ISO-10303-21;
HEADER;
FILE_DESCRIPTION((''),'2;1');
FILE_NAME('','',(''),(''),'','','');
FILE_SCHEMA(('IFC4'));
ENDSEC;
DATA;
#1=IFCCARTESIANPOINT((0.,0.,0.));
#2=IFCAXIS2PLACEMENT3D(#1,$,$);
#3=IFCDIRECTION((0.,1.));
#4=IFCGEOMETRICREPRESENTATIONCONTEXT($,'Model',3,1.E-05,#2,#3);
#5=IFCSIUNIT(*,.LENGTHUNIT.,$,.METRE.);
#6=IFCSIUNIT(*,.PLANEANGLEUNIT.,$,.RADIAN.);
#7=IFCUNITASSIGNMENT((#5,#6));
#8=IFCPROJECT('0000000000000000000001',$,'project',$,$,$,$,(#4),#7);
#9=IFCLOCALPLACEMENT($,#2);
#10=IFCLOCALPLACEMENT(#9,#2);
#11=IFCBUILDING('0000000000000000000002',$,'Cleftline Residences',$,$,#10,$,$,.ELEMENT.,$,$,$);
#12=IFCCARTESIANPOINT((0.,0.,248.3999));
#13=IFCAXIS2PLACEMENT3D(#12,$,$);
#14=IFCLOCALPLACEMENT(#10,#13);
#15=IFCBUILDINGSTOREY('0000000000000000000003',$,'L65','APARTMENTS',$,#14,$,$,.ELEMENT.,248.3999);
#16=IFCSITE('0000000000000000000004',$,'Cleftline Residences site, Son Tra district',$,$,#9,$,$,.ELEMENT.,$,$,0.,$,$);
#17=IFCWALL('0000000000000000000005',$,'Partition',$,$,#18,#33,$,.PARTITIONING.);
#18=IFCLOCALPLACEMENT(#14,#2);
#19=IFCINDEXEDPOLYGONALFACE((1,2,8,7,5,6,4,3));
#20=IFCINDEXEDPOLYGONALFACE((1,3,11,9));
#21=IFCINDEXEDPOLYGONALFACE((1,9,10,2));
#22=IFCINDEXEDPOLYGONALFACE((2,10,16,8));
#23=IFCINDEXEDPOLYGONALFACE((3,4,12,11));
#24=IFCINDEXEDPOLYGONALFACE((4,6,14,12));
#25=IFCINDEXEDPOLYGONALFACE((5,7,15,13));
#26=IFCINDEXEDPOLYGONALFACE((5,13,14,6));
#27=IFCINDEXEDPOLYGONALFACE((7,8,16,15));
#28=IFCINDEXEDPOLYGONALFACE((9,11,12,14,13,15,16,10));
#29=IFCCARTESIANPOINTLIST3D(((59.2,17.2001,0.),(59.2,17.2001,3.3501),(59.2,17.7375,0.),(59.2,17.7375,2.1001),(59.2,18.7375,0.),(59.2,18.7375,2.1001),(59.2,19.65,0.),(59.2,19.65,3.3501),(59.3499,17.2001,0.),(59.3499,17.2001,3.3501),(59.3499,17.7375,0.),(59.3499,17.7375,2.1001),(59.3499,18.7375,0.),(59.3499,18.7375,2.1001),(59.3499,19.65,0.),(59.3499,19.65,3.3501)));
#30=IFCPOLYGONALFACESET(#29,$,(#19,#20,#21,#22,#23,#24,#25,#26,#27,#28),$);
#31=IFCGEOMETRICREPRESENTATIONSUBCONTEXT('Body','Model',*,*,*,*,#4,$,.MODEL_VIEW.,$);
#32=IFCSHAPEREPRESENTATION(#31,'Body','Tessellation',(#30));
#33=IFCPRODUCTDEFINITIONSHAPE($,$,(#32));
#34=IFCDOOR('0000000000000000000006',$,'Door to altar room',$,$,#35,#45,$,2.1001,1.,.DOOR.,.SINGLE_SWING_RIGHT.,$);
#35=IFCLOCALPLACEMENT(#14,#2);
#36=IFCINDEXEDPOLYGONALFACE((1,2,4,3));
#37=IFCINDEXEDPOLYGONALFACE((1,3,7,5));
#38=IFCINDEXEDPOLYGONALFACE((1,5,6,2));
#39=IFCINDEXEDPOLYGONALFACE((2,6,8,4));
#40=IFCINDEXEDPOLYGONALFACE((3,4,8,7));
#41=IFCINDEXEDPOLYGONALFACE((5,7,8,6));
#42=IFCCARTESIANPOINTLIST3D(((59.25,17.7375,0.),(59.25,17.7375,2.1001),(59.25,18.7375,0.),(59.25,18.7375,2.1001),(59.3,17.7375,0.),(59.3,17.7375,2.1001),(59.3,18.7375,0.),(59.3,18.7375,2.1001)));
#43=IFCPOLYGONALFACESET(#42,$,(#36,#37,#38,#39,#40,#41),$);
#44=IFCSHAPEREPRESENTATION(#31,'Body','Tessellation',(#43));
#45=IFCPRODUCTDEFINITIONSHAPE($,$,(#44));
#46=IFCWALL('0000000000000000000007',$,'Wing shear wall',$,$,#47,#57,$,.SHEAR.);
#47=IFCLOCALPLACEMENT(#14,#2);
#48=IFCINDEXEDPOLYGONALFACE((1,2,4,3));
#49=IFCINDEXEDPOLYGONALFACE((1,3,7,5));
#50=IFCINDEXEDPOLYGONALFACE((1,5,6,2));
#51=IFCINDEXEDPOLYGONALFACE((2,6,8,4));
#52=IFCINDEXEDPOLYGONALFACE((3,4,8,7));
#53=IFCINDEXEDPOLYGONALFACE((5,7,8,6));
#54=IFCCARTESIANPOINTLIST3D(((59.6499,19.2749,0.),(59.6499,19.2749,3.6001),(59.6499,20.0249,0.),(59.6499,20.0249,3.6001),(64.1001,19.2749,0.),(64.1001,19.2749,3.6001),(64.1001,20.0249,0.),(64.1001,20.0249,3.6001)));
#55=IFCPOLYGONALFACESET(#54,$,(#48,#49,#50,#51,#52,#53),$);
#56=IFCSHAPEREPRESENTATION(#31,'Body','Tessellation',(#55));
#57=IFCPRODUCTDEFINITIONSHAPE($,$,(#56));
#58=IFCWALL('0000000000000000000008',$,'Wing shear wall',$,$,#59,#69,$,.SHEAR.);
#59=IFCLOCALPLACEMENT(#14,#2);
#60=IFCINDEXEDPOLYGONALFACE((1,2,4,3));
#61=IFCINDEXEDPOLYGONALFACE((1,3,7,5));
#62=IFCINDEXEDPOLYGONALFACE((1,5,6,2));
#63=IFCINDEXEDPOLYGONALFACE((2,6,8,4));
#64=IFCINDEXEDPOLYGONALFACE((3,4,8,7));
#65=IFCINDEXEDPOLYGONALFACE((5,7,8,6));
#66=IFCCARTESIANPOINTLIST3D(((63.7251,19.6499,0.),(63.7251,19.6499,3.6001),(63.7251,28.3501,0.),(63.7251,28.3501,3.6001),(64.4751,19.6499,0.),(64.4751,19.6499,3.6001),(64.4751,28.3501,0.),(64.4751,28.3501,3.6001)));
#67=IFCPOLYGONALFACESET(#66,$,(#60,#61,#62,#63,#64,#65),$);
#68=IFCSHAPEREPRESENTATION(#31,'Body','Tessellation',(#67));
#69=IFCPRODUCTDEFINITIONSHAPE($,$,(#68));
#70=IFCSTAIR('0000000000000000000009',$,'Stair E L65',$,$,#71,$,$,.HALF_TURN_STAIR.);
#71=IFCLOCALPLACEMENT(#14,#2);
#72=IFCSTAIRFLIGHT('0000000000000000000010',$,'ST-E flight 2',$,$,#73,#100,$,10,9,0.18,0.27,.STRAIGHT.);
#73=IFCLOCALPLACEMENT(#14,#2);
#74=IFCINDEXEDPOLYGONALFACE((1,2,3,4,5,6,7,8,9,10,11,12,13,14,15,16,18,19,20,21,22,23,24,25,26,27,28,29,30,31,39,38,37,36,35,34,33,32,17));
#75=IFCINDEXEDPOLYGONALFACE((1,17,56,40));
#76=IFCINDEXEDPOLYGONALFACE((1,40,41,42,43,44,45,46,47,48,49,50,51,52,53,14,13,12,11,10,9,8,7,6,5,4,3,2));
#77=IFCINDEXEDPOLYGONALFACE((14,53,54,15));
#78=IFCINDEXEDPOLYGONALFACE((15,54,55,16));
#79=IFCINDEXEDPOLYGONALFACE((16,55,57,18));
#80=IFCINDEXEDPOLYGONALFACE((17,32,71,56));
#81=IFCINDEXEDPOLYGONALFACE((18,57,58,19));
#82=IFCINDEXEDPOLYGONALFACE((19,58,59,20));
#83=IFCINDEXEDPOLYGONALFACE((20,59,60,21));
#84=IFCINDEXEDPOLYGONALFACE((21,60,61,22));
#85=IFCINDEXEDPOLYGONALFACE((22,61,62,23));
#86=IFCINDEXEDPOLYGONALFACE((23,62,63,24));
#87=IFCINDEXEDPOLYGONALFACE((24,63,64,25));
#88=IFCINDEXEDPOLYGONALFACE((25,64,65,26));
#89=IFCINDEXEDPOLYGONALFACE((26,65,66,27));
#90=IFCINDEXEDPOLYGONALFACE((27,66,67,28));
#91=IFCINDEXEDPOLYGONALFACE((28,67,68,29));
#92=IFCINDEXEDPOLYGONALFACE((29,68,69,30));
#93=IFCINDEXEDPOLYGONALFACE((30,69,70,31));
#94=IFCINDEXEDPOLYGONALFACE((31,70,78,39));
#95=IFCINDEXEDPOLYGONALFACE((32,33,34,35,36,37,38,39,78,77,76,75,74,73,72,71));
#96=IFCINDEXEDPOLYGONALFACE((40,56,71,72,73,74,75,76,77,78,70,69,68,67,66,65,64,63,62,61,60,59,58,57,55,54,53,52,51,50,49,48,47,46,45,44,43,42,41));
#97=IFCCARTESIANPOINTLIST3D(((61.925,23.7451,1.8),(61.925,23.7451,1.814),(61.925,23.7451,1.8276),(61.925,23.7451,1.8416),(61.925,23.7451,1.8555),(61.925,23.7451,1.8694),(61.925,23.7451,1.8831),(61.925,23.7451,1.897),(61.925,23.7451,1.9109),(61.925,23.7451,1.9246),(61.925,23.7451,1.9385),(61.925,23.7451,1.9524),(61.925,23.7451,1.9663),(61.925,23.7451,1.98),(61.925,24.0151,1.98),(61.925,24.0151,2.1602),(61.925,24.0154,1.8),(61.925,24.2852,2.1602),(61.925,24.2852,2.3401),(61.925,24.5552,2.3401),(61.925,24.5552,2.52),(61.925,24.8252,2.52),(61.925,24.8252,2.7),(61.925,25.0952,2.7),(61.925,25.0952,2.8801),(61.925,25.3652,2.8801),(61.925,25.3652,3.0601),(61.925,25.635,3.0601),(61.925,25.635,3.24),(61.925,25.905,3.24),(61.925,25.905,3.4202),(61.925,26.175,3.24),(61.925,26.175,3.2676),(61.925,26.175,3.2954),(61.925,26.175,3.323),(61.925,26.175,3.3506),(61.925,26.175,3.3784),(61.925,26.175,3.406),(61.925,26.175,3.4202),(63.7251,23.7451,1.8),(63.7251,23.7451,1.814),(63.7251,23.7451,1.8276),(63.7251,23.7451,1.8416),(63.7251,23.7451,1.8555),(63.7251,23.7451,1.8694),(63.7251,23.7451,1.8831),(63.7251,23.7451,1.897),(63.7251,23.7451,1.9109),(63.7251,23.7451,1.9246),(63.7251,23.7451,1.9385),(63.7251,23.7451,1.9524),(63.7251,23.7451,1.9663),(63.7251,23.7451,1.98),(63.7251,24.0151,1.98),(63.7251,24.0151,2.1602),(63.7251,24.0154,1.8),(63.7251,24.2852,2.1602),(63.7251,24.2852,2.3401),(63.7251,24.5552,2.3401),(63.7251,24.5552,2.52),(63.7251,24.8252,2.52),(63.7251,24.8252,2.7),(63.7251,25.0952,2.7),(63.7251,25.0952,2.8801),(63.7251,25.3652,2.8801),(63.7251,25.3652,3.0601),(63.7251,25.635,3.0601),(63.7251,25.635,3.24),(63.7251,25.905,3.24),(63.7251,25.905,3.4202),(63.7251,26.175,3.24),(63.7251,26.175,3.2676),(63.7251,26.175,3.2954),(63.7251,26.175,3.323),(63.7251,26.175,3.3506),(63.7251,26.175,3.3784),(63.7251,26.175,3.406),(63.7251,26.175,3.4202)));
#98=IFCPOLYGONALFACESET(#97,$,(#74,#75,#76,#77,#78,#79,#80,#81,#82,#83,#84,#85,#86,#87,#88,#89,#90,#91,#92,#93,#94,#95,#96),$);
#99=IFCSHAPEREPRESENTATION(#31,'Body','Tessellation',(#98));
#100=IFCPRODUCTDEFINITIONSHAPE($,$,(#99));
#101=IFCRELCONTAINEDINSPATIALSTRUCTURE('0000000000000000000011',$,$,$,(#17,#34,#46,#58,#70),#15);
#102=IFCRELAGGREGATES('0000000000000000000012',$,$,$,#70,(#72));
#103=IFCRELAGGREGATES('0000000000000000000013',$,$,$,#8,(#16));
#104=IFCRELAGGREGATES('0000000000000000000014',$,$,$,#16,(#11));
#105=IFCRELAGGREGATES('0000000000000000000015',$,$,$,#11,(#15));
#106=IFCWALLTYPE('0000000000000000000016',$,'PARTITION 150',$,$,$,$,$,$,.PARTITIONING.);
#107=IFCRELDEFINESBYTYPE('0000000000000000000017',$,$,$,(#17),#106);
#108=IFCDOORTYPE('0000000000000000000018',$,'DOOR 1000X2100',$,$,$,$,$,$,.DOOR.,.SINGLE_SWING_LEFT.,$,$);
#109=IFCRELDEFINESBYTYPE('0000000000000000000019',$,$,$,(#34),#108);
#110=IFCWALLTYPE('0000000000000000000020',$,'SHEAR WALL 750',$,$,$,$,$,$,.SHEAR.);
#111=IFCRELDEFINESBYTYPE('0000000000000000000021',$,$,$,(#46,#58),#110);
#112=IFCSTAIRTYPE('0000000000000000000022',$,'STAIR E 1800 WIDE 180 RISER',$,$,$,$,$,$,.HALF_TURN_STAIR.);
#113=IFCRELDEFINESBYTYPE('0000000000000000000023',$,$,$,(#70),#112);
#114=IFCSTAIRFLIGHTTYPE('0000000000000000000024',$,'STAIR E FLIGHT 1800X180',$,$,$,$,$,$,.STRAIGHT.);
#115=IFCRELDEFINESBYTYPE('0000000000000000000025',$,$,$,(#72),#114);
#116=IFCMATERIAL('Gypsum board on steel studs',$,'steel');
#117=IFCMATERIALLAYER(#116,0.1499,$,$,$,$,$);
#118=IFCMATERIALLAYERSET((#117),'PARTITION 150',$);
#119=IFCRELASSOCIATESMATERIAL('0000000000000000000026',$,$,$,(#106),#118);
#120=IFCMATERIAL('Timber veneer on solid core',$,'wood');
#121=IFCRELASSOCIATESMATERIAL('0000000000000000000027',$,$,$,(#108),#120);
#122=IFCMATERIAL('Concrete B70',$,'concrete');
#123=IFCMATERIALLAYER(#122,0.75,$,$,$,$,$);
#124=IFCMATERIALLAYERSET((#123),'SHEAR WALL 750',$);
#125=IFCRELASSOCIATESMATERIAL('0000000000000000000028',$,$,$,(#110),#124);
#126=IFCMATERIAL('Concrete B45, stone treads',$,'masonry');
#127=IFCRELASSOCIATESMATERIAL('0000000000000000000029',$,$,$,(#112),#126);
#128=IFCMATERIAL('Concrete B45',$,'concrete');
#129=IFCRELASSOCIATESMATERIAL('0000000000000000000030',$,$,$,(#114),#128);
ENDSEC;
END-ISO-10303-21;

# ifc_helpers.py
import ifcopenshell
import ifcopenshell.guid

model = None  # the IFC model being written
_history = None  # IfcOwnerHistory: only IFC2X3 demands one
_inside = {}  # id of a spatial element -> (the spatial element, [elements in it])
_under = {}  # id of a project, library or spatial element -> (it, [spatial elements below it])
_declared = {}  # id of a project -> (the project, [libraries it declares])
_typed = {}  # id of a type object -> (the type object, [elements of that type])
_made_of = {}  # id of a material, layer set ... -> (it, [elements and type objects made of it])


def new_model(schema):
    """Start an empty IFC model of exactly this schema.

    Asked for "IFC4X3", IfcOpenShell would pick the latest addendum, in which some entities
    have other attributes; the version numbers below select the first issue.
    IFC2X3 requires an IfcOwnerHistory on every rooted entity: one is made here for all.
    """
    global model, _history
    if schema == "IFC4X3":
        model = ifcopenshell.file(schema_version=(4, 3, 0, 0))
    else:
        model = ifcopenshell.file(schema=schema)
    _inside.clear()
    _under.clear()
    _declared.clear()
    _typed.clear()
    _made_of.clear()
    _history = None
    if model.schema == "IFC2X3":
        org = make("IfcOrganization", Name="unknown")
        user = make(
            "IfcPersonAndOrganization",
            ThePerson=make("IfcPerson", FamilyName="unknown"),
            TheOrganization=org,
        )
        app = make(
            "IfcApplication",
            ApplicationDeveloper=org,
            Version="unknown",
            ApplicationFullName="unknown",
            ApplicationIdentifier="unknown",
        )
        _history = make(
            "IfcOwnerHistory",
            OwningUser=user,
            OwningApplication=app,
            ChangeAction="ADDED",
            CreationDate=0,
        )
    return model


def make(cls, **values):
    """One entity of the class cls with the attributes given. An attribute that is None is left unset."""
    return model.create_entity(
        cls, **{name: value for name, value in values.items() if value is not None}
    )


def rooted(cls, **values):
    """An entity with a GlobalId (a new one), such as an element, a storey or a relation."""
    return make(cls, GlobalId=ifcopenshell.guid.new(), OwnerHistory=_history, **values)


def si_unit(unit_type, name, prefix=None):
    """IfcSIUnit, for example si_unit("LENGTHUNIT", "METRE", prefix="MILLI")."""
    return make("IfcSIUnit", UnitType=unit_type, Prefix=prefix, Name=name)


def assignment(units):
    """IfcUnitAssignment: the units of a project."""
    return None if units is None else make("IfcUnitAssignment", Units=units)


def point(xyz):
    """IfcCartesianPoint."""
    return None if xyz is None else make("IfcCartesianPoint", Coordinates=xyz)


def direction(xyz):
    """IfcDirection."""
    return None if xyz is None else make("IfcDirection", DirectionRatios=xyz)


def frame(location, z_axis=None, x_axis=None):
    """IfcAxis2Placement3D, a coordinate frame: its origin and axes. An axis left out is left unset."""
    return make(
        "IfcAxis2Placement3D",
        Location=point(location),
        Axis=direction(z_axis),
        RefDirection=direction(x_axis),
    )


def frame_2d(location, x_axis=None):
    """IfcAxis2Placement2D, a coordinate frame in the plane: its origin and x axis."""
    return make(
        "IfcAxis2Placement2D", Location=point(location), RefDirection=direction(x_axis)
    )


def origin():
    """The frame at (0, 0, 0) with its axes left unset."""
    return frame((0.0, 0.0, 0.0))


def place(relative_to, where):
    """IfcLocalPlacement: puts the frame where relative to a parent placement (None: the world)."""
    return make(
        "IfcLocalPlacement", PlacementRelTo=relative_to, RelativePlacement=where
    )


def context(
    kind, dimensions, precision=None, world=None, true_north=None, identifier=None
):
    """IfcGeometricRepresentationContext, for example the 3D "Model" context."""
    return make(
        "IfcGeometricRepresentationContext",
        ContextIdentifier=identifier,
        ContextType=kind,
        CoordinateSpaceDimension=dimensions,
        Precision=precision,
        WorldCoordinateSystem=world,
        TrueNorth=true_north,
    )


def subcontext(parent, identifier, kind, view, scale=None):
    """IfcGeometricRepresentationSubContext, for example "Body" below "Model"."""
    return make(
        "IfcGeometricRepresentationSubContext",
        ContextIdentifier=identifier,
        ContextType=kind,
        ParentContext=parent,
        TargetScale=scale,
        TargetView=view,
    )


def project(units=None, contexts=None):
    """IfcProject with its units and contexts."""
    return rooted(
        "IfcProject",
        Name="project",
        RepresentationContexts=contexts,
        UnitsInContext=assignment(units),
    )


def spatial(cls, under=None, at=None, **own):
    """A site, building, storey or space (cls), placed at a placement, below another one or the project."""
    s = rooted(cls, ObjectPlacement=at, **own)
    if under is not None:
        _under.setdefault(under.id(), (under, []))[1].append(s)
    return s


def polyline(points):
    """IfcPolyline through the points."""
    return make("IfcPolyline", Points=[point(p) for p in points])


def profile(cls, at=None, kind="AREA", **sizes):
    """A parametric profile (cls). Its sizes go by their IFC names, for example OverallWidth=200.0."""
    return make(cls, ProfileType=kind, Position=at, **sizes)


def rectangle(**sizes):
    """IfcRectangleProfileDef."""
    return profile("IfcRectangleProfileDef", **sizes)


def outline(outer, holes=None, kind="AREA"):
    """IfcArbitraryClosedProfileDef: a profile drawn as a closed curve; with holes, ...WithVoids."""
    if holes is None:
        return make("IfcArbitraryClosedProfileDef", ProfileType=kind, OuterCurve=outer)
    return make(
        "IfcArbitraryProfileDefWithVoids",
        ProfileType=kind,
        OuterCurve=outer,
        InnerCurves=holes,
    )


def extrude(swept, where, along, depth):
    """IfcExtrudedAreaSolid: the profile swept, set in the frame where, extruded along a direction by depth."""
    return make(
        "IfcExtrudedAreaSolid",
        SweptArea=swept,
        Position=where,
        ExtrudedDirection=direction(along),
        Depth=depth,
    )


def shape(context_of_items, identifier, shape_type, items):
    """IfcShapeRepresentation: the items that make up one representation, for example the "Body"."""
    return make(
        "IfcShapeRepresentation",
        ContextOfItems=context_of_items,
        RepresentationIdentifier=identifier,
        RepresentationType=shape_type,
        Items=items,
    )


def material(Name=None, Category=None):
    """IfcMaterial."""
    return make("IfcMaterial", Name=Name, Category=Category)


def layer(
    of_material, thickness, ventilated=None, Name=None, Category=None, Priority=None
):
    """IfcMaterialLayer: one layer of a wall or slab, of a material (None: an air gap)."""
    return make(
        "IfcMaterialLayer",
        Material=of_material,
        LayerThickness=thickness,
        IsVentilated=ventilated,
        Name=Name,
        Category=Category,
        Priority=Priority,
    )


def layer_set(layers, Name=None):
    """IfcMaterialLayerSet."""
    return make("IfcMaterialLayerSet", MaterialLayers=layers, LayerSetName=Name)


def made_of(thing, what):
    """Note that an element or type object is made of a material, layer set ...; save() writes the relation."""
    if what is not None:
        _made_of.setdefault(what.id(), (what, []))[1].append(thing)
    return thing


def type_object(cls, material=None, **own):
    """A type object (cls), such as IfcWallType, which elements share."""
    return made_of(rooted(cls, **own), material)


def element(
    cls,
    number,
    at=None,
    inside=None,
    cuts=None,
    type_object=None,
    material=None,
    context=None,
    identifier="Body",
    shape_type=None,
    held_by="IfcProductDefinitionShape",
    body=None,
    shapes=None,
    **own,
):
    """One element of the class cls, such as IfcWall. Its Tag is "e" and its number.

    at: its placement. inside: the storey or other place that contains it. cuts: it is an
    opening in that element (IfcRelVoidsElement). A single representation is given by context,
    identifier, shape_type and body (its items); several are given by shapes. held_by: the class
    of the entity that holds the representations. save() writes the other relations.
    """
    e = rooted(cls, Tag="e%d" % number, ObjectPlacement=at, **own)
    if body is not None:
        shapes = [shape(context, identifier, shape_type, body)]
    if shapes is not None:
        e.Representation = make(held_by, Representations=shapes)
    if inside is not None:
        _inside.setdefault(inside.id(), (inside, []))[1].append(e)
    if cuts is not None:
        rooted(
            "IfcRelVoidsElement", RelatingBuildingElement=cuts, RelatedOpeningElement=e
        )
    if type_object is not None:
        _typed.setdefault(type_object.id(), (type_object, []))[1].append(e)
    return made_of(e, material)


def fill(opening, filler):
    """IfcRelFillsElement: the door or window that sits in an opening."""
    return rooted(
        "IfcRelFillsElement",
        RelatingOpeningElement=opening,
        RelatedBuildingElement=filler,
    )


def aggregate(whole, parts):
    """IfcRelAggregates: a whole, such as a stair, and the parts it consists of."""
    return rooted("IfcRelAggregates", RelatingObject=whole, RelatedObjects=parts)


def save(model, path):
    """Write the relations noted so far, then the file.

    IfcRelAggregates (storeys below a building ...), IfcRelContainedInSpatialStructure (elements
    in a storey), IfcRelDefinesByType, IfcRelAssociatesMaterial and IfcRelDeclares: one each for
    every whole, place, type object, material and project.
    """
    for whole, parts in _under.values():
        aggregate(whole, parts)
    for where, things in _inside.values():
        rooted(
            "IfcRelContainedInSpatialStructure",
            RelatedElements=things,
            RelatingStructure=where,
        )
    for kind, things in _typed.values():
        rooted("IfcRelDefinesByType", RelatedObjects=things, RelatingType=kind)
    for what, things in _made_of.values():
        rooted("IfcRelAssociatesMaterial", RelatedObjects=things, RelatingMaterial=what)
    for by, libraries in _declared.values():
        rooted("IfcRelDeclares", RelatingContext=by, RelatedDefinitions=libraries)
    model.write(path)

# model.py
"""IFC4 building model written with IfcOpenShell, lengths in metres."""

from ifc_helpers import new_model, si_unit, direction, frame, frame_2d, origin, place, context, subcontext, project, spatial, polyline, rectangle, outline, extrude, material, layer, layer_set, type_object, element, fill, aggregate, save


model = new_model("IFC4")

# Units and contexts
model_context = context("Model", 3, precision=1e-05, world=origin(), true_north=direction((0.0, 1.0)))
body_context = subcontext(model_context, "Body", "Model", "MODEL_VIEW")
ifc_project = project(units=[si_unit("LENGTHUNIT", "METRE"), si_unit("PLANEANGLEUNIT", "RADIAN")], contexts=[model_context])

# Site, building, storey
site_placement = place(None, origin())
site = spatial("IfcSite", under=ifc_project, at=site_placement, Name="Cleftline Residences site, Son Tra district", CompositionType="ELEMENT", RefElevation=0.0)
building_placement = place(site_placement, origin())
building = spatial("IfcBuilding", under=site, at=building_placement, Name="Cleftline Residences", CompositionType="ELEMENT")
storey_placement = place(building_placement, frame((0.0, 0.0, 248.3999)))
storey = spatial("IfcBuildingStorey", under=building, at=storey_placement, Name="L65", Description="APARTMENTS", CompositionType="ELEMENT", Elevation=248.3999)

# Shared definitions
ifc_material_1 = material(Name="Gypsum board on steel studs", Category="steel")
ifc_layer_1 = layer(ifc_material_1, 0.1499)
ifc_layer_set_1 = layer_set([ifc_layer_1], Name="PARTITION 150")
wall_type_1 = type_object("IfcWallType", Name="PARTITION 150", PredefinedType="PARTITIONING", material=ifc_layer_set_1)

# Shared definitions
ifc_material_2 = material(Name="Timber veneer on solid core", Category="wood")
door_type_1 = type_object("IfcDoorType", Name="DOOR 1000X2100", OperationType="SINGLE_SWING_LEFT", PredefinedType="DOOR", material=ifc_material_2)

# Wall, opening, door
wall_1_placement = place(storey_placement, frame((59.2749, 17.2, 0.0), z_axis=(0.0, 0.0, 1.0), x_axis=(0.0, 1.0, 0.0)))
wall_1 = element("IfcWall", 1, at=wall_1_placement, inside=storey, type_object=wall_type_1, Name="Partition", PredefinedType="PARTITIONING", context=body_context, shape_type="SweptSolid", body=[
    extrude(rectangle(XDim=2.45, YDim=0.1499, at=frame_2d((1.2251, 0.0))), origin(), (0.0, 0.0, 1.0), 3.3501),
])
opening_1_placement = place(wall_1_placement, frame((0.5376, 0.0, 0.0)))
opening_1 = element("IfcOpeningElement", 2, at=opening_1_placement, cuts=wall_1, PredefinedType="OPENING", context=body_context, shape_type="SweptSolid", body=[
    extrude(rectangle(XDim=1.0, YDim=2.1001, at=frame_2d((0.5, 1.05))), frame((0.0, 0.085, 0.0), z_axis=(0.0, -1.0, 0.0), x_axis=(1.0, 0.0, 0.0)), (0.0, 0.0, 1.0), 0.1699),
])
door_1_placement = place(opening_1_placement, origin())
door_1 = element("IfcDoor", 3, at=door_1_placement, inside=storey, type_object=door_type_1, Name="Door to altar room", OperationType="SINGLE_SWING_RIGHT", OverallHeight=2.1001, OverallWidth=1.0, PredefinedType="DOOR", context=body_context, shape_type="SweptSolid", body=[
    extrude(rectangle(XDim=1.0, YDim=2.1001, at=frame_2d((0.5, 1.05))), frame((0.0, 0.0249, 0.0), z_axis=(0.0, -1.0, 0.0), x_axis=(1.0, 0.0, 0.0)), (0.0, 0.0, 1.0), 0.05),
])
fill(opening_1, door_1)

# Walls
ifc_material_3 = material(Name="Concrete B70", Category="concrete")
ifc_layer_2 = layer(ifc_material_3, 0.75)
ifc_layer_set_2 = layer_set([ifc_layer_2], Name="SHEAR WALL 750")
wall_type_2 = type_object("IfcWallType", Name="SHEAR WALL 750", PredefinedType="SHEAR", material=ifc_layer_set_2)
wall_2_placement = place(storey_placement, frame((59.6499, 19.6499, 0.0), z_axis=(0.0, 0.0, 1.0), x_axis=(1.0, 0.0, 0.0)))
element("IfcWall", 4, at=wall_2_placement, inside=storey, type_object=wall_type_2, Name="Wing shear wall", PredefinedType="SHEAR", context=body_context, shape_type="SweptSolid", body=[
    extrude(rectangle(XDim=4.4502, YDim=0.75, at=frame_2d((2.2251, 0.0))), origin(), (0.0, 0.0, 1.0), 3.6001),
])
wall_3_placement = place(storey_placement, frame((64.1001, 19.6499, 0.0), z_axis=(0.0, 0.0, 1.0), x_axis=(0.0, 1.0, 0.0)))
element("IfcWall", 5, at=wall_3_placement, inside=storey, type_object=wall_type_2, Name="Wing shear wall", PredefinedType="SHEAR", context=body_context, shape_type="SweptSolid", body=[
    extrude(rectangle(XDim=8.7002, YDim=0.75, at=frame_2d((4.3501, 0.0))), origin(), (0.0, 0.0, 1.0), 3.6001),
])

# Stair, stair flight
ifc_material_4 = material(Name="Concrete B45, stone treads", Category="masonry")
stair_type = type_object("IfcStairType", Name="STAIR E 1800 WIDE 180 RISER", PredefinedType="HALF_TURN_STAIR", material=ifc_material_4)
stair_placement = place(storey_placement, origin())
stair = element("IfcStair", 6, at=stair_placement, inside=storey, type_object=stair_type, Name="Stair E L65", PredefinedType="HALF_TURN_STAIR")
ifc_material_5 = material(Name="Concrete B45", Category="concrete")
stair_flight_type = type_object("IfcStairFlightType", Name="STAIR E FLIGHT 1800X180", PredefinedType="STRAIGHT", material=ifc_material_5)
stair_flight_placement = place(storey_placement, frame((62.825, 23.7451, 1.8), z_axis=(0.0, 0.0, 1.0), x_axis=(0.0, 1.0, 0.0)))
stair_flight = element("IfcStairFlight", 7, at=stair_flight_placement, type_object=stair_flight_type, Name="ST-E flight 2", NumberOfRisers=10, NumberOfTreads=9, PredefinedType="STRAIGHT", RiserHeight=0.18, TreadLength=0.27, context=body_context, shape_type="SweptSolid", body=[
    extrude(outline(polyline([(0.0, 0.0), (0.0, 0.0139), (0.0, 0.0276), (0.0, 0.0415), (0.0, 0.0554), (0.0, 0.0693), (0.0, 0.083), (0.0, 0.0969), (0.0, 0.1108), (0.0, 0.1245), (0.0, 0.1384), (0.0, 0.1523), (0.0, 0.1663), (0.0, 0.1799), (0.27, 0.1799), (0.27, 0.3601), (0.54, 0.3601), (0.54, 0.54), (0.8101, 0.54), (0.8101, 0.72), (1.0801, 0.72), (1.0801, 0.8999), (1.3501, 0.8999), (1.3501, 1.0801), (1.6201, 1.0801), (1.6201, 1.26), (1.8899, 1.26), (1.8899, 1.4399), (2.1599, 1.4399), (2.1599, 1.6201), (2.4299, 1.6201), (2.4299, 1.8), (2.4299, 1.7722), (2.4299, 1.7446), (2.4299, 1.7168), (2.4299, 1.6892), (2.4299, 1.6614), (2.4299, 1.6338), (2.4299, 1.606), (2.4299, 1.5784), (2.4299, 1.5505), (2.4299, 1.5229), (2.4299, 1.4954), (2.4299, 1.4675), (2.4299, 1.4399), (0.2703, 0.0), (0.0, 0.0)])), frame((0.0, 0.8999, 0.0), z_axis=(0.0, -1.0, 0.0), x_axis=(1.0, 0.0, 0.0)), (0.0, 0.0, 1.0), 1.8),
])
aggregate(stair, [stair_flight])

save(model, "model.ifc")
